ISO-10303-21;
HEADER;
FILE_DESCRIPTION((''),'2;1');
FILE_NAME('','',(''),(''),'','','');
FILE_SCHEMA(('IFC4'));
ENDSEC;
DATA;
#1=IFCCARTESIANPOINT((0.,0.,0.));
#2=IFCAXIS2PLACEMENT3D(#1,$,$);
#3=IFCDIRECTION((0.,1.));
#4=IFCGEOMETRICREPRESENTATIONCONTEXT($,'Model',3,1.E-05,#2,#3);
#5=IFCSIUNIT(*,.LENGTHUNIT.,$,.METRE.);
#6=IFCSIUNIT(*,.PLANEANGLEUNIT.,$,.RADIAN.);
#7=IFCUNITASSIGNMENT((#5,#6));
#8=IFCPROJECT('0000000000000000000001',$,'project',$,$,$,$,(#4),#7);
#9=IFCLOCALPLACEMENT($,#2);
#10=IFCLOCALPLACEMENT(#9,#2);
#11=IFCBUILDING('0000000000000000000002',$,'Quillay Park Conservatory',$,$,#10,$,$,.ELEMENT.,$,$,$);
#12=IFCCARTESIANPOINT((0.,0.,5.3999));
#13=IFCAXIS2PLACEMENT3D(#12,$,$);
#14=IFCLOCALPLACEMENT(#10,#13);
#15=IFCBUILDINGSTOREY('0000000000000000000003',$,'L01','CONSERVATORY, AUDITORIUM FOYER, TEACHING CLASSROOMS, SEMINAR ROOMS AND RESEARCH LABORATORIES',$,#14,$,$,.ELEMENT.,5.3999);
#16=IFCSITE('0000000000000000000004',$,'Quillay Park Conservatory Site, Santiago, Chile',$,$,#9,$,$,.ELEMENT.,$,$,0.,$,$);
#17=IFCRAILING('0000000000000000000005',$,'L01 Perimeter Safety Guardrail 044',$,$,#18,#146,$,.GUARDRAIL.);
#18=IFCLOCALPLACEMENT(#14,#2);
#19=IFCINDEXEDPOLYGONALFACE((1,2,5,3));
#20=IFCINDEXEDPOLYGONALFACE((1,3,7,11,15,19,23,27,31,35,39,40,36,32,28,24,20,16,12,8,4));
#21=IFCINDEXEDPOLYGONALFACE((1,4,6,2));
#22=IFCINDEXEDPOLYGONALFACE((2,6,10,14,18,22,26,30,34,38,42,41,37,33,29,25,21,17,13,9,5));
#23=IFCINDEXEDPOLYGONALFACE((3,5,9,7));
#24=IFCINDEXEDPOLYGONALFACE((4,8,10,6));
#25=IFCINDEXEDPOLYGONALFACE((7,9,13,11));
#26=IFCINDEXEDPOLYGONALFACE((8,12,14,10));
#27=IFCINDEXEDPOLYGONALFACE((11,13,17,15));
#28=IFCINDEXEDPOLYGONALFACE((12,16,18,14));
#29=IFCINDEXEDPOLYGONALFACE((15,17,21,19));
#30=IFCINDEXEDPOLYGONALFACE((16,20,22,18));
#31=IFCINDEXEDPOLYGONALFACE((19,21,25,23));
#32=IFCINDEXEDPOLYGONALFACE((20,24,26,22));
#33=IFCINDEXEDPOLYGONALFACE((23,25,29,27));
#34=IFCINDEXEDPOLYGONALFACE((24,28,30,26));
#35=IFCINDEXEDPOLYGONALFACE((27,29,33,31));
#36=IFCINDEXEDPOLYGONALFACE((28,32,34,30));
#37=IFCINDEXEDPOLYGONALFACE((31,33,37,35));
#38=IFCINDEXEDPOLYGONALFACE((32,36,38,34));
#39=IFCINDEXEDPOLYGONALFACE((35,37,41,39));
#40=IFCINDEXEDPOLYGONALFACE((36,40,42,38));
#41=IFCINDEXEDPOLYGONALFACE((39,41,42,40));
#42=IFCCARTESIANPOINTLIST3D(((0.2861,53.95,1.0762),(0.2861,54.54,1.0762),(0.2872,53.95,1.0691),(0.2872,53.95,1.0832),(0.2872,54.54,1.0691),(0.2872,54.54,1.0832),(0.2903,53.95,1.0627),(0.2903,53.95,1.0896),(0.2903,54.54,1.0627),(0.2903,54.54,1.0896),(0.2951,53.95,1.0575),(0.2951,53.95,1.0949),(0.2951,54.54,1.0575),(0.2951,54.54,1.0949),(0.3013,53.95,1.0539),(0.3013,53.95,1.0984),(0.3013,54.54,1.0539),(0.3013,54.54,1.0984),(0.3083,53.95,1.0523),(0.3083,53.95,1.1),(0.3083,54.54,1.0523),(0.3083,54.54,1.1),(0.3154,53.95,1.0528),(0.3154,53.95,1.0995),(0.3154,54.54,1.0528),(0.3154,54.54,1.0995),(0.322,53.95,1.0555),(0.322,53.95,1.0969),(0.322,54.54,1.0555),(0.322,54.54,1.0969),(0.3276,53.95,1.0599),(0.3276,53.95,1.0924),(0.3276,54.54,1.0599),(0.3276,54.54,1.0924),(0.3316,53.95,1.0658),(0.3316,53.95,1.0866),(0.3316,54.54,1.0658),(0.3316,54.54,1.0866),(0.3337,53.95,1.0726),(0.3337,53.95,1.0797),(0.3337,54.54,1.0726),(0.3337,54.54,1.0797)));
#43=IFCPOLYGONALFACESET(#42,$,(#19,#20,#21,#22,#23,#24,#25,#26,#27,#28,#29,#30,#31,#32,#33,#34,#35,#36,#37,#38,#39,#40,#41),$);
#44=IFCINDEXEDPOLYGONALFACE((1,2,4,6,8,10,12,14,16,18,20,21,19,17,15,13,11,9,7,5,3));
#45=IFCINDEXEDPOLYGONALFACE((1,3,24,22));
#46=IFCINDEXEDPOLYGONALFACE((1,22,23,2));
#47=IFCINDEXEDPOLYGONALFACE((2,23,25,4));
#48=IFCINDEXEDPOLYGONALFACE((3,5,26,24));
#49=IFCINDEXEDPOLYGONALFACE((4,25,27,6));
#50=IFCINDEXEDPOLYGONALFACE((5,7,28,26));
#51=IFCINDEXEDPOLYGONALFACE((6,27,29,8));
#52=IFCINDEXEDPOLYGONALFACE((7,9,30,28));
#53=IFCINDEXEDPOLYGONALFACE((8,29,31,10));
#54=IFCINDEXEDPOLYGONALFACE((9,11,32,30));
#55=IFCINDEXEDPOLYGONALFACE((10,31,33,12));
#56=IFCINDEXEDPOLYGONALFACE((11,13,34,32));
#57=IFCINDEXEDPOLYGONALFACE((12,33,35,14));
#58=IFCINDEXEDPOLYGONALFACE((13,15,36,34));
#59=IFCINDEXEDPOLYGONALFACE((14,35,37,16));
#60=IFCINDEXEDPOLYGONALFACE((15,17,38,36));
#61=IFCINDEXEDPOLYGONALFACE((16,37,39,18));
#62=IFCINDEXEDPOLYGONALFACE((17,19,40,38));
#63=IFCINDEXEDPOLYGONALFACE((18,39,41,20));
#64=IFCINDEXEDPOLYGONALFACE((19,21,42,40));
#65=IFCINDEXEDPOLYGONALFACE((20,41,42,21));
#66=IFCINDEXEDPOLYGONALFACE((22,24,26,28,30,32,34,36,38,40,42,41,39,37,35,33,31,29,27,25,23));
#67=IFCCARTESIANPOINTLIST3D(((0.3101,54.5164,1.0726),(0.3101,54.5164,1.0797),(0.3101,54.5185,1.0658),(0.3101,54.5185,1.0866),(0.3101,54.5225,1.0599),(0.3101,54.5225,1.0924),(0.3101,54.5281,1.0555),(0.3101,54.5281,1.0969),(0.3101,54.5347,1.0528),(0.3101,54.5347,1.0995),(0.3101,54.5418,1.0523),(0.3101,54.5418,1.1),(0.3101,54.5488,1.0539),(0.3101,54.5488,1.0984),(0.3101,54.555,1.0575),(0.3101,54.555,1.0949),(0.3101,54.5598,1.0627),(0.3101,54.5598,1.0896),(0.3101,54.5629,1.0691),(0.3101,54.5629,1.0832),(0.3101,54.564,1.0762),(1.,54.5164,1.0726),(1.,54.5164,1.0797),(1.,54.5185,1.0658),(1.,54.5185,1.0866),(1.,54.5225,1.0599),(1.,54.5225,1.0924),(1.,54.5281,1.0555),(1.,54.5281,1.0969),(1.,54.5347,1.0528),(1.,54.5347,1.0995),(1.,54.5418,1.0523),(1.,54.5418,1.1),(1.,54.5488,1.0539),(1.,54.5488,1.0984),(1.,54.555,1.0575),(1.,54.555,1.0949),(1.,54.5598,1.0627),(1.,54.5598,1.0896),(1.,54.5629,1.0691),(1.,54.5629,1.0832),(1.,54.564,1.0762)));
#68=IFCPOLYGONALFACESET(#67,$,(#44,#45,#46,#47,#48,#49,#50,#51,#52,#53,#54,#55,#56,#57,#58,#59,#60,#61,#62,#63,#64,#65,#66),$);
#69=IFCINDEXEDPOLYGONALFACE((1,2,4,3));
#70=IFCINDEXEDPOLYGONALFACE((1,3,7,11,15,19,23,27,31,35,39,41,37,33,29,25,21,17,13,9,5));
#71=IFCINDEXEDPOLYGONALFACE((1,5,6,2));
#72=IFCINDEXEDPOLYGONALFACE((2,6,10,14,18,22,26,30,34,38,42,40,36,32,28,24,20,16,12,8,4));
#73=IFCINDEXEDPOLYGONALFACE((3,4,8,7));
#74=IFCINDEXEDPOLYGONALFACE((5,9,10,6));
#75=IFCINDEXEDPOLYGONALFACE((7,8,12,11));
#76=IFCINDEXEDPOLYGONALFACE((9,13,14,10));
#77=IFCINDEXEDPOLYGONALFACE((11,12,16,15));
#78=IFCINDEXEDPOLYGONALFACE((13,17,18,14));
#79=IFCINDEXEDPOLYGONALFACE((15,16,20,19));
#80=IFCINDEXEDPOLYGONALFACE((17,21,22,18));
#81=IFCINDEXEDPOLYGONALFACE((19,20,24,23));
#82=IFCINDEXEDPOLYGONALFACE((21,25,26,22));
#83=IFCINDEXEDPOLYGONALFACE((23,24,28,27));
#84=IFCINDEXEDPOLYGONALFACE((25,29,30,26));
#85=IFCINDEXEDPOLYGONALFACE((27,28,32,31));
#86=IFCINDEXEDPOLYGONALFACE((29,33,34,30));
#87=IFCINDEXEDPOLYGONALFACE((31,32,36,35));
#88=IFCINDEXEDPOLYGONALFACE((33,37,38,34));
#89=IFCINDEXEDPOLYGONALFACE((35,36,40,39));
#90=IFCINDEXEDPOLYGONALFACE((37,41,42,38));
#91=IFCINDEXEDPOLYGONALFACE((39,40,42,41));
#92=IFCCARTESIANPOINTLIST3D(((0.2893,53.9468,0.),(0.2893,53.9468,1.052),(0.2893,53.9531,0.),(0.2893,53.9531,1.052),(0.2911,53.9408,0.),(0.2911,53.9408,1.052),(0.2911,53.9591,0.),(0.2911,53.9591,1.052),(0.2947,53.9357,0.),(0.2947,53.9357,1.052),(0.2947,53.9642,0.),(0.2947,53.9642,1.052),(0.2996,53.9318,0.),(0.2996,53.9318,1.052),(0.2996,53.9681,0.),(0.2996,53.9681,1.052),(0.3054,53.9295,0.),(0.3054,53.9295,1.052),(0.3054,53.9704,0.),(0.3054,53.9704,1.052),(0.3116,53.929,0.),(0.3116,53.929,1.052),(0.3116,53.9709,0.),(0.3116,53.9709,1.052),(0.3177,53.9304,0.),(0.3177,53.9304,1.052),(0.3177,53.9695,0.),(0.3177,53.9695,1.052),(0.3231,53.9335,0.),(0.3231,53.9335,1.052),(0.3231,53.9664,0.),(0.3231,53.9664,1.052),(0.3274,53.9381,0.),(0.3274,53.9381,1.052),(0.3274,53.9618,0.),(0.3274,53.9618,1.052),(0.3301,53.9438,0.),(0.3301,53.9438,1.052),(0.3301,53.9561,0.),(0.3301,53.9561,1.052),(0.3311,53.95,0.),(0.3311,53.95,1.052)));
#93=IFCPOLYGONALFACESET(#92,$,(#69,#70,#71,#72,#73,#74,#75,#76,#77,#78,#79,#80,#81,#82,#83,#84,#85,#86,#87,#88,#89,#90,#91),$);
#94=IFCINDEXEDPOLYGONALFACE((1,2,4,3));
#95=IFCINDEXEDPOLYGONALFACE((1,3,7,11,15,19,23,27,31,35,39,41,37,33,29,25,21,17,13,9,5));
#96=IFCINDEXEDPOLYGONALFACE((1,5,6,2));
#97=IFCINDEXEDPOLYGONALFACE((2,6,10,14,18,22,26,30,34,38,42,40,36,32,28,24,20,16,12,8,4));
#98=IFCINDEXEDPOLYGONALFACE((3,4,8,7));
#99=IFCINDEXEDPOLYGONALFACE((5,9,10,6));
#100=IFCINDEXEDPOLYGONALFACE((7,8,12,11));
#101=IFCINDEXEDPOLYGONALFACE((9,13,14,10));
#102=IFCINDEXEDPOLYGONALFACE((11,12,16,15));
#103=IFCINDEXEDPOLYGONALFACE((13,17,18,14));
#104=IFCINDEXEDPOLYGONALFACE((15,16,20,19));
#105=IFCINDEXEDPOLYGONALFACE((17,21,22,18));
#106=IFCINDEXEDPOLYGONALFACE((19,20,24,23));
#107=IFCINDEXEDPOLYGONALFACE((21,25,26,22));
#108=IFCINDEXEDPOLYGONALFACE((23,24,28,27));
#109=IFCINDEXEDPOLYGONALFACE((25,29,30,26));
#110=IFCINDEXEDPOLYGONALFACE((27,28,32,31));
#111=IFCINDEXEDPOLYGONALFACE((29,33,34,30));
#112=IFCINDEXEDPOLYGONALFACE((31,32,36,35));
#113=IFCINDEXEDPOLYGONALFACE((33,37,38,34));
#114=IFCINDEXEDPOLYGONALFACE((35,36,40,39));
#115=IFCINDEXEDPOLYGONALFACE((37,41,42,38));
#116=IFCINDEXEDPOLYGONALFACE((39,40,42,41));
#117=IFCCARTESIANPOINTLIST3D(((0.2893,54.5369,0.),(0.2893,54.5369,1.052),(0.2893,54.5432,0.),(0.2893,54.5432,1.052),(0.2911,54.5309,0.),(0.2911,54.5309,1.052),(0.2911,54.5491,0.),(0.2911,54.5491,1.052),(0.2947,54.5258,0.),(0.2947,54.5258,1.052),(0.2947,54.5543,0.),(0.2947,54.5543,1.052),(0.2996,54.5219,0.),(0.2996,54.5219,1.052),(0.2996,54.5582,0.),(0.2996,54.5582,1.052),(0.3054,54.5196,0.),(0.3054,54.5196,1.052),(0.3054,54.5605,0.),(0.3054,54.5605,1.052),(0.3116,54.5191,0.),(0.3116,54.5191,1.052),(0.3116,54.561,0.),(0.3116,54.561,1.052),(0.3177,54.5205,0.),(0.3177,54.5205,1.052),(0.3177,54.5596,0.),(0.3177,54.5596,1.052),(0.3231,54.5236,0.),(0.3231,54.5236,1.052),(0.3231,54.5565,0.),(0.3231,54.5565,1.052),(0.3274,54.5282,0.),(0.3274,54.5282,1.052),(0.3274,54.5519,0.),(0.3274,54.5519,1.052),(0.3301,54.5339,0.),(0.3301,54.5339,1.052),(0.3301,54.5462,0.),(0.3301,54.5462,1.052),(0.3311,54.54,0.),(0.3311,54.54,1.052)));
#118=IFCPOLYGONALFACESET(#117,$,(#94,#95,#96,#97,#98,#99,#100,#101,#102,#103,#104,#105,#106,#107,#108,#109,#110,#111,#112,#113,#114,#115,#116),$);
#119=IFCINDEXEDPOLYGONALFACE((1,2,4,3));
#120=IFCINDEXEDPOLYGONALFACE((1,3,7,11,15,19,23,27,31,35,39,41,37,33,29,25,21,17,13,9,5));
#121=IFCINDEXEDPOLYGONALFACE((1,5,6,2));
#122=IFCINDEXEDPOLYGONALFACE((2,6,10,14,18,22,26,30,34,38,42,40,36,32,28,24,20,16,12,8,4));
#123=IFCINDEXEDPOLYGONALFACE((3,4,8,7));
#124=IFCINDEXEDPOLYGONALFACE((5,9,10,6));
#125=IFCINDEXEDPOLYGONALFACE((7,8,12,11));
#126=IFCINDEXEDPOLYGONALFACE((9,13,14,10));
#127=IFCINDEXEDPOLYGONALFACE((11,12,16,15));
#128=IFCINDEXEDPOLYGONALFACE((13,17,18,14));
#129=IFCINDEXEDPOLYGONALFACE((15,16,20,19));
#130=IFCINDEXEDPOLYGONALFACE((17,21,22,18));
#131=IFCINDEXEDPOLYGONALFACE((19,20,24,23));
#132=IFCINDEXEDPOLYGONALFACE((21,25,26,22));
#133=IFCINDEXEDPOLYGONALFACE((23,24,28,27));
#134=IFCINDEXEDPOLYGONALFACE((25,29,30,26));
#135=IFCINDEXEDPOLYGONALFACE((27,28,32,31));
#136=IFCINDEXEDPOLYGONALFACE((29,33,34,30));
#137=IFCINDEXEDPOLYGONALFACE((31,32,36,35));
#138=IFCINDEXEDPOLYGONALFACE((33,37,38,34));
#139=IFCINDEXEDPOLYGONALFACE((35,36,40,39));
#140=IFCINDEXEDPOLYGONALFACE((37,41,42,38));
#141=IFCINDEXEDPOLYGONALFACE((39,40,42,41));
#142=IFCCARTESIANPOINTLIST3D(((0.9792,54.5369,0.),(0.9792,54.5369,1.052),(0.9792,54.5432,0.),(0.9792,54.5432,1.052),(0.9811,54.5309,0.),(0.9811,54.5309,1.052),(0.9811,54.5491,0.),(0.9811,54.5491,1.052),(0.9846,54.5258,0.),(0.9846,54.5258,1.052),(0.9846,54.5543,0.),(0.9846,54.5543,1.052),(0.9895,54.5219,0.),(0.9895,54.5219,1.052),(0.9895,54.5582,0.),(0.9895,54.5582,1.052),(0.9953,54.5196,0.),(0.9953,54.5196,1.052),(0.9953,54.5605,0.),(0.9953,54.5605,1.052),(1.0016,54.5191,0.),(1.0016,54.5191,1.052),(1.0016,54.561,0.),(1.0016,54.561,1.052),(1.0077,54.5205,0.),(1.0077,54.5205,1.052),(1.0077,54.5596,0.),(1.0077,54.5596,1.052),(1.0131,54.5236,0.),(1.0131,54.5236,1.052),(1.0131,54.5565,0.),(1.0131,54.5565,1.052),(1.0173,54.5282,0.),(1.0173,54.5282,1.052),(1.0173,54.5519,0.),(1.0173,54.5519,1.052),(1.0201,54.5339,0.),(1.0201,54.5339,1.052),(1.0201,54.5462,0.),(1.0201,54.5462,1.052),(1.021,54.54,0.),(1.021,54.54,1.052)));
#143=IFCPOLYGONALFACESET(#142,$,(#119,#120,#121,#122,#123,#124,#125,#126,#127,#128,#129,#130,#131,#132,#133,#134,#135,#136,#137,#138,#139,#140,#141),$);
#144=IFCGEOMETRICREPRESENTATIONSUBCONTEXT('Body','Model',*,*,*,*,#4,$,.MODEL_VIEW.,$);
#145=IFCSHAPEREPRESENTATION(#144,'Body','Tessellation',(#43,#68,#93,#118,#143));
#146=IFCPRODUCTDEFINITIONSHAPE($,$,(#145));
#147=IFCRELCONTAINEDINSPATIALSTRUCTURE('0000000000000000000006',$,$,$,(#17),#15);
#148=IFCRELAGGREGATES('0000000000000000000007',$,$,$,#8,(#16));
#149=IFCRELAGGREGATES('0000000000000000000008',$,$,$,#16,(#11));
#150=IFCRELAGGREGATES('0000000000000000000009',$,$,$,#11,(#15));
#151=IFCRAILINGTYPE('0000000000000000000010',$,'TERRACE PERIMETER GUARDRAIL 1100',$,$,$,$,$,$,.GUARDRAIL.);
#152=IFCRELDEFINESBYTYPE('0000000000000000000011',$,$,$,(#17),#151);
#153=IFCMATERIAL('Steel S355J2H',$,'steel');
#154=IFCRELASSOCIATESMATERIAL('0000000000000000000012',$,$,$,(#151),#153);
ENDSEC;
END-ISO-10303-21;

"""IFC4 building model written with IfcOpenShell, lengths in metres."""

from ifc_helpers import new_model, si_unit, direction, frame, origin, origin_2d, place, context, subcontext, project, spatial, circle, extrude, material, type_object, element, save


model = new_model("IFC4")

# Units and contexts
model_context = context("Model", 3, precision=1e-05, world=origin(), true_north=direction((0.0, 1.0)))
body_context = subcontext(model_context, "Body", "Model", "MODEL_VIEW")
ifc_project = project(units=[si_unit("LENGTHUNIT", "METRE"), si_unit("PLANEANGLEUNIT", "RADIAN")], contexts=[model_context])

# Site, building, storey
site_placement = place(None, origin())
site = spatial("IfcSite", under=ifc_project, at=site_placement, Name="Quillay Park Conservatory Site, Santiago, Chile", CompositionType="ELEMENT", RefElevation=0.0)
building_placement = place(site_placement, origin())
building = spatial("IfcBuilding", under=site, at=building_placement, Name="Quillay Park Conservatory", CompositionType="ELEMENT")
storey_placement = place(building_placement, frame((0.0, 0.0, 5.3999)))
storey = spatial("IfcBuildingStorey", under=building, at=storey_placement, Name="L01", Description="CONSERVATORY, AUDITORIUM FOYER, TEACHING CLASSROOMS, SEMINAR ROOMS AND RESEARCH LABORATORIES", CompositionType="ELEMENT", Elevation=5.3999)

# Railing
ifc_material_1 = material(Name="Steel S355J2H", Category="steel")
railing_type = type_object("IfcRailingType", Name="TERRACE PERIMETER GUARDRAIL 1100", PredefinedType="GUARDRAIL", material=ifc_material_1)
railing_placement = place(storey_placement, frame((0.3101, 53.95, 0.0)))
element("IfcRailing", 1, at=railing_placement, inside=storey, type_object=railing_type, Name="L01 Perimeter Safety Guardrail 044", PredefinedType="GUARDRAIL", context=body_context, shape_type="SweptSolid", body=[
    extrude(circle(Radius=0.0239, at=origin_2d()), frame((0.0, 0.0, 1.0762), z_axis=(0.0, 1.0, 0.0), x_axis=(-1.0, 0.0, 0.0)), (0.0, 0.0, 1.0), 0.5901),
    extrude(circle(Radius=0.0239, at=origin_2d()), frame((0.0, 0.5901, 1.0762), z_axis=(1.0, 0.0, 0.0), x_axis=(0.0, 1.0, 0.0)), (0.0, 0.0, 1.0), 0.6899),
    extrude(circle(Radius=0.021, at=origin_2d()), origin(), (0.0, 0.0, 1.0), 1.052),
    extrude(circle(Radius=0.021, at=origin_2d()), frame((0.0, 0.5901, 0.0)), (0.0, 0.0, 1.0), 1.052),
    extrude(circle(Radius=0.021, at=origin_2d()), frame((0.6899, 0.5901, 0.0)), (0.0, 0.0, 1.0), 1.052),
])

save(model, "model.ifc")
